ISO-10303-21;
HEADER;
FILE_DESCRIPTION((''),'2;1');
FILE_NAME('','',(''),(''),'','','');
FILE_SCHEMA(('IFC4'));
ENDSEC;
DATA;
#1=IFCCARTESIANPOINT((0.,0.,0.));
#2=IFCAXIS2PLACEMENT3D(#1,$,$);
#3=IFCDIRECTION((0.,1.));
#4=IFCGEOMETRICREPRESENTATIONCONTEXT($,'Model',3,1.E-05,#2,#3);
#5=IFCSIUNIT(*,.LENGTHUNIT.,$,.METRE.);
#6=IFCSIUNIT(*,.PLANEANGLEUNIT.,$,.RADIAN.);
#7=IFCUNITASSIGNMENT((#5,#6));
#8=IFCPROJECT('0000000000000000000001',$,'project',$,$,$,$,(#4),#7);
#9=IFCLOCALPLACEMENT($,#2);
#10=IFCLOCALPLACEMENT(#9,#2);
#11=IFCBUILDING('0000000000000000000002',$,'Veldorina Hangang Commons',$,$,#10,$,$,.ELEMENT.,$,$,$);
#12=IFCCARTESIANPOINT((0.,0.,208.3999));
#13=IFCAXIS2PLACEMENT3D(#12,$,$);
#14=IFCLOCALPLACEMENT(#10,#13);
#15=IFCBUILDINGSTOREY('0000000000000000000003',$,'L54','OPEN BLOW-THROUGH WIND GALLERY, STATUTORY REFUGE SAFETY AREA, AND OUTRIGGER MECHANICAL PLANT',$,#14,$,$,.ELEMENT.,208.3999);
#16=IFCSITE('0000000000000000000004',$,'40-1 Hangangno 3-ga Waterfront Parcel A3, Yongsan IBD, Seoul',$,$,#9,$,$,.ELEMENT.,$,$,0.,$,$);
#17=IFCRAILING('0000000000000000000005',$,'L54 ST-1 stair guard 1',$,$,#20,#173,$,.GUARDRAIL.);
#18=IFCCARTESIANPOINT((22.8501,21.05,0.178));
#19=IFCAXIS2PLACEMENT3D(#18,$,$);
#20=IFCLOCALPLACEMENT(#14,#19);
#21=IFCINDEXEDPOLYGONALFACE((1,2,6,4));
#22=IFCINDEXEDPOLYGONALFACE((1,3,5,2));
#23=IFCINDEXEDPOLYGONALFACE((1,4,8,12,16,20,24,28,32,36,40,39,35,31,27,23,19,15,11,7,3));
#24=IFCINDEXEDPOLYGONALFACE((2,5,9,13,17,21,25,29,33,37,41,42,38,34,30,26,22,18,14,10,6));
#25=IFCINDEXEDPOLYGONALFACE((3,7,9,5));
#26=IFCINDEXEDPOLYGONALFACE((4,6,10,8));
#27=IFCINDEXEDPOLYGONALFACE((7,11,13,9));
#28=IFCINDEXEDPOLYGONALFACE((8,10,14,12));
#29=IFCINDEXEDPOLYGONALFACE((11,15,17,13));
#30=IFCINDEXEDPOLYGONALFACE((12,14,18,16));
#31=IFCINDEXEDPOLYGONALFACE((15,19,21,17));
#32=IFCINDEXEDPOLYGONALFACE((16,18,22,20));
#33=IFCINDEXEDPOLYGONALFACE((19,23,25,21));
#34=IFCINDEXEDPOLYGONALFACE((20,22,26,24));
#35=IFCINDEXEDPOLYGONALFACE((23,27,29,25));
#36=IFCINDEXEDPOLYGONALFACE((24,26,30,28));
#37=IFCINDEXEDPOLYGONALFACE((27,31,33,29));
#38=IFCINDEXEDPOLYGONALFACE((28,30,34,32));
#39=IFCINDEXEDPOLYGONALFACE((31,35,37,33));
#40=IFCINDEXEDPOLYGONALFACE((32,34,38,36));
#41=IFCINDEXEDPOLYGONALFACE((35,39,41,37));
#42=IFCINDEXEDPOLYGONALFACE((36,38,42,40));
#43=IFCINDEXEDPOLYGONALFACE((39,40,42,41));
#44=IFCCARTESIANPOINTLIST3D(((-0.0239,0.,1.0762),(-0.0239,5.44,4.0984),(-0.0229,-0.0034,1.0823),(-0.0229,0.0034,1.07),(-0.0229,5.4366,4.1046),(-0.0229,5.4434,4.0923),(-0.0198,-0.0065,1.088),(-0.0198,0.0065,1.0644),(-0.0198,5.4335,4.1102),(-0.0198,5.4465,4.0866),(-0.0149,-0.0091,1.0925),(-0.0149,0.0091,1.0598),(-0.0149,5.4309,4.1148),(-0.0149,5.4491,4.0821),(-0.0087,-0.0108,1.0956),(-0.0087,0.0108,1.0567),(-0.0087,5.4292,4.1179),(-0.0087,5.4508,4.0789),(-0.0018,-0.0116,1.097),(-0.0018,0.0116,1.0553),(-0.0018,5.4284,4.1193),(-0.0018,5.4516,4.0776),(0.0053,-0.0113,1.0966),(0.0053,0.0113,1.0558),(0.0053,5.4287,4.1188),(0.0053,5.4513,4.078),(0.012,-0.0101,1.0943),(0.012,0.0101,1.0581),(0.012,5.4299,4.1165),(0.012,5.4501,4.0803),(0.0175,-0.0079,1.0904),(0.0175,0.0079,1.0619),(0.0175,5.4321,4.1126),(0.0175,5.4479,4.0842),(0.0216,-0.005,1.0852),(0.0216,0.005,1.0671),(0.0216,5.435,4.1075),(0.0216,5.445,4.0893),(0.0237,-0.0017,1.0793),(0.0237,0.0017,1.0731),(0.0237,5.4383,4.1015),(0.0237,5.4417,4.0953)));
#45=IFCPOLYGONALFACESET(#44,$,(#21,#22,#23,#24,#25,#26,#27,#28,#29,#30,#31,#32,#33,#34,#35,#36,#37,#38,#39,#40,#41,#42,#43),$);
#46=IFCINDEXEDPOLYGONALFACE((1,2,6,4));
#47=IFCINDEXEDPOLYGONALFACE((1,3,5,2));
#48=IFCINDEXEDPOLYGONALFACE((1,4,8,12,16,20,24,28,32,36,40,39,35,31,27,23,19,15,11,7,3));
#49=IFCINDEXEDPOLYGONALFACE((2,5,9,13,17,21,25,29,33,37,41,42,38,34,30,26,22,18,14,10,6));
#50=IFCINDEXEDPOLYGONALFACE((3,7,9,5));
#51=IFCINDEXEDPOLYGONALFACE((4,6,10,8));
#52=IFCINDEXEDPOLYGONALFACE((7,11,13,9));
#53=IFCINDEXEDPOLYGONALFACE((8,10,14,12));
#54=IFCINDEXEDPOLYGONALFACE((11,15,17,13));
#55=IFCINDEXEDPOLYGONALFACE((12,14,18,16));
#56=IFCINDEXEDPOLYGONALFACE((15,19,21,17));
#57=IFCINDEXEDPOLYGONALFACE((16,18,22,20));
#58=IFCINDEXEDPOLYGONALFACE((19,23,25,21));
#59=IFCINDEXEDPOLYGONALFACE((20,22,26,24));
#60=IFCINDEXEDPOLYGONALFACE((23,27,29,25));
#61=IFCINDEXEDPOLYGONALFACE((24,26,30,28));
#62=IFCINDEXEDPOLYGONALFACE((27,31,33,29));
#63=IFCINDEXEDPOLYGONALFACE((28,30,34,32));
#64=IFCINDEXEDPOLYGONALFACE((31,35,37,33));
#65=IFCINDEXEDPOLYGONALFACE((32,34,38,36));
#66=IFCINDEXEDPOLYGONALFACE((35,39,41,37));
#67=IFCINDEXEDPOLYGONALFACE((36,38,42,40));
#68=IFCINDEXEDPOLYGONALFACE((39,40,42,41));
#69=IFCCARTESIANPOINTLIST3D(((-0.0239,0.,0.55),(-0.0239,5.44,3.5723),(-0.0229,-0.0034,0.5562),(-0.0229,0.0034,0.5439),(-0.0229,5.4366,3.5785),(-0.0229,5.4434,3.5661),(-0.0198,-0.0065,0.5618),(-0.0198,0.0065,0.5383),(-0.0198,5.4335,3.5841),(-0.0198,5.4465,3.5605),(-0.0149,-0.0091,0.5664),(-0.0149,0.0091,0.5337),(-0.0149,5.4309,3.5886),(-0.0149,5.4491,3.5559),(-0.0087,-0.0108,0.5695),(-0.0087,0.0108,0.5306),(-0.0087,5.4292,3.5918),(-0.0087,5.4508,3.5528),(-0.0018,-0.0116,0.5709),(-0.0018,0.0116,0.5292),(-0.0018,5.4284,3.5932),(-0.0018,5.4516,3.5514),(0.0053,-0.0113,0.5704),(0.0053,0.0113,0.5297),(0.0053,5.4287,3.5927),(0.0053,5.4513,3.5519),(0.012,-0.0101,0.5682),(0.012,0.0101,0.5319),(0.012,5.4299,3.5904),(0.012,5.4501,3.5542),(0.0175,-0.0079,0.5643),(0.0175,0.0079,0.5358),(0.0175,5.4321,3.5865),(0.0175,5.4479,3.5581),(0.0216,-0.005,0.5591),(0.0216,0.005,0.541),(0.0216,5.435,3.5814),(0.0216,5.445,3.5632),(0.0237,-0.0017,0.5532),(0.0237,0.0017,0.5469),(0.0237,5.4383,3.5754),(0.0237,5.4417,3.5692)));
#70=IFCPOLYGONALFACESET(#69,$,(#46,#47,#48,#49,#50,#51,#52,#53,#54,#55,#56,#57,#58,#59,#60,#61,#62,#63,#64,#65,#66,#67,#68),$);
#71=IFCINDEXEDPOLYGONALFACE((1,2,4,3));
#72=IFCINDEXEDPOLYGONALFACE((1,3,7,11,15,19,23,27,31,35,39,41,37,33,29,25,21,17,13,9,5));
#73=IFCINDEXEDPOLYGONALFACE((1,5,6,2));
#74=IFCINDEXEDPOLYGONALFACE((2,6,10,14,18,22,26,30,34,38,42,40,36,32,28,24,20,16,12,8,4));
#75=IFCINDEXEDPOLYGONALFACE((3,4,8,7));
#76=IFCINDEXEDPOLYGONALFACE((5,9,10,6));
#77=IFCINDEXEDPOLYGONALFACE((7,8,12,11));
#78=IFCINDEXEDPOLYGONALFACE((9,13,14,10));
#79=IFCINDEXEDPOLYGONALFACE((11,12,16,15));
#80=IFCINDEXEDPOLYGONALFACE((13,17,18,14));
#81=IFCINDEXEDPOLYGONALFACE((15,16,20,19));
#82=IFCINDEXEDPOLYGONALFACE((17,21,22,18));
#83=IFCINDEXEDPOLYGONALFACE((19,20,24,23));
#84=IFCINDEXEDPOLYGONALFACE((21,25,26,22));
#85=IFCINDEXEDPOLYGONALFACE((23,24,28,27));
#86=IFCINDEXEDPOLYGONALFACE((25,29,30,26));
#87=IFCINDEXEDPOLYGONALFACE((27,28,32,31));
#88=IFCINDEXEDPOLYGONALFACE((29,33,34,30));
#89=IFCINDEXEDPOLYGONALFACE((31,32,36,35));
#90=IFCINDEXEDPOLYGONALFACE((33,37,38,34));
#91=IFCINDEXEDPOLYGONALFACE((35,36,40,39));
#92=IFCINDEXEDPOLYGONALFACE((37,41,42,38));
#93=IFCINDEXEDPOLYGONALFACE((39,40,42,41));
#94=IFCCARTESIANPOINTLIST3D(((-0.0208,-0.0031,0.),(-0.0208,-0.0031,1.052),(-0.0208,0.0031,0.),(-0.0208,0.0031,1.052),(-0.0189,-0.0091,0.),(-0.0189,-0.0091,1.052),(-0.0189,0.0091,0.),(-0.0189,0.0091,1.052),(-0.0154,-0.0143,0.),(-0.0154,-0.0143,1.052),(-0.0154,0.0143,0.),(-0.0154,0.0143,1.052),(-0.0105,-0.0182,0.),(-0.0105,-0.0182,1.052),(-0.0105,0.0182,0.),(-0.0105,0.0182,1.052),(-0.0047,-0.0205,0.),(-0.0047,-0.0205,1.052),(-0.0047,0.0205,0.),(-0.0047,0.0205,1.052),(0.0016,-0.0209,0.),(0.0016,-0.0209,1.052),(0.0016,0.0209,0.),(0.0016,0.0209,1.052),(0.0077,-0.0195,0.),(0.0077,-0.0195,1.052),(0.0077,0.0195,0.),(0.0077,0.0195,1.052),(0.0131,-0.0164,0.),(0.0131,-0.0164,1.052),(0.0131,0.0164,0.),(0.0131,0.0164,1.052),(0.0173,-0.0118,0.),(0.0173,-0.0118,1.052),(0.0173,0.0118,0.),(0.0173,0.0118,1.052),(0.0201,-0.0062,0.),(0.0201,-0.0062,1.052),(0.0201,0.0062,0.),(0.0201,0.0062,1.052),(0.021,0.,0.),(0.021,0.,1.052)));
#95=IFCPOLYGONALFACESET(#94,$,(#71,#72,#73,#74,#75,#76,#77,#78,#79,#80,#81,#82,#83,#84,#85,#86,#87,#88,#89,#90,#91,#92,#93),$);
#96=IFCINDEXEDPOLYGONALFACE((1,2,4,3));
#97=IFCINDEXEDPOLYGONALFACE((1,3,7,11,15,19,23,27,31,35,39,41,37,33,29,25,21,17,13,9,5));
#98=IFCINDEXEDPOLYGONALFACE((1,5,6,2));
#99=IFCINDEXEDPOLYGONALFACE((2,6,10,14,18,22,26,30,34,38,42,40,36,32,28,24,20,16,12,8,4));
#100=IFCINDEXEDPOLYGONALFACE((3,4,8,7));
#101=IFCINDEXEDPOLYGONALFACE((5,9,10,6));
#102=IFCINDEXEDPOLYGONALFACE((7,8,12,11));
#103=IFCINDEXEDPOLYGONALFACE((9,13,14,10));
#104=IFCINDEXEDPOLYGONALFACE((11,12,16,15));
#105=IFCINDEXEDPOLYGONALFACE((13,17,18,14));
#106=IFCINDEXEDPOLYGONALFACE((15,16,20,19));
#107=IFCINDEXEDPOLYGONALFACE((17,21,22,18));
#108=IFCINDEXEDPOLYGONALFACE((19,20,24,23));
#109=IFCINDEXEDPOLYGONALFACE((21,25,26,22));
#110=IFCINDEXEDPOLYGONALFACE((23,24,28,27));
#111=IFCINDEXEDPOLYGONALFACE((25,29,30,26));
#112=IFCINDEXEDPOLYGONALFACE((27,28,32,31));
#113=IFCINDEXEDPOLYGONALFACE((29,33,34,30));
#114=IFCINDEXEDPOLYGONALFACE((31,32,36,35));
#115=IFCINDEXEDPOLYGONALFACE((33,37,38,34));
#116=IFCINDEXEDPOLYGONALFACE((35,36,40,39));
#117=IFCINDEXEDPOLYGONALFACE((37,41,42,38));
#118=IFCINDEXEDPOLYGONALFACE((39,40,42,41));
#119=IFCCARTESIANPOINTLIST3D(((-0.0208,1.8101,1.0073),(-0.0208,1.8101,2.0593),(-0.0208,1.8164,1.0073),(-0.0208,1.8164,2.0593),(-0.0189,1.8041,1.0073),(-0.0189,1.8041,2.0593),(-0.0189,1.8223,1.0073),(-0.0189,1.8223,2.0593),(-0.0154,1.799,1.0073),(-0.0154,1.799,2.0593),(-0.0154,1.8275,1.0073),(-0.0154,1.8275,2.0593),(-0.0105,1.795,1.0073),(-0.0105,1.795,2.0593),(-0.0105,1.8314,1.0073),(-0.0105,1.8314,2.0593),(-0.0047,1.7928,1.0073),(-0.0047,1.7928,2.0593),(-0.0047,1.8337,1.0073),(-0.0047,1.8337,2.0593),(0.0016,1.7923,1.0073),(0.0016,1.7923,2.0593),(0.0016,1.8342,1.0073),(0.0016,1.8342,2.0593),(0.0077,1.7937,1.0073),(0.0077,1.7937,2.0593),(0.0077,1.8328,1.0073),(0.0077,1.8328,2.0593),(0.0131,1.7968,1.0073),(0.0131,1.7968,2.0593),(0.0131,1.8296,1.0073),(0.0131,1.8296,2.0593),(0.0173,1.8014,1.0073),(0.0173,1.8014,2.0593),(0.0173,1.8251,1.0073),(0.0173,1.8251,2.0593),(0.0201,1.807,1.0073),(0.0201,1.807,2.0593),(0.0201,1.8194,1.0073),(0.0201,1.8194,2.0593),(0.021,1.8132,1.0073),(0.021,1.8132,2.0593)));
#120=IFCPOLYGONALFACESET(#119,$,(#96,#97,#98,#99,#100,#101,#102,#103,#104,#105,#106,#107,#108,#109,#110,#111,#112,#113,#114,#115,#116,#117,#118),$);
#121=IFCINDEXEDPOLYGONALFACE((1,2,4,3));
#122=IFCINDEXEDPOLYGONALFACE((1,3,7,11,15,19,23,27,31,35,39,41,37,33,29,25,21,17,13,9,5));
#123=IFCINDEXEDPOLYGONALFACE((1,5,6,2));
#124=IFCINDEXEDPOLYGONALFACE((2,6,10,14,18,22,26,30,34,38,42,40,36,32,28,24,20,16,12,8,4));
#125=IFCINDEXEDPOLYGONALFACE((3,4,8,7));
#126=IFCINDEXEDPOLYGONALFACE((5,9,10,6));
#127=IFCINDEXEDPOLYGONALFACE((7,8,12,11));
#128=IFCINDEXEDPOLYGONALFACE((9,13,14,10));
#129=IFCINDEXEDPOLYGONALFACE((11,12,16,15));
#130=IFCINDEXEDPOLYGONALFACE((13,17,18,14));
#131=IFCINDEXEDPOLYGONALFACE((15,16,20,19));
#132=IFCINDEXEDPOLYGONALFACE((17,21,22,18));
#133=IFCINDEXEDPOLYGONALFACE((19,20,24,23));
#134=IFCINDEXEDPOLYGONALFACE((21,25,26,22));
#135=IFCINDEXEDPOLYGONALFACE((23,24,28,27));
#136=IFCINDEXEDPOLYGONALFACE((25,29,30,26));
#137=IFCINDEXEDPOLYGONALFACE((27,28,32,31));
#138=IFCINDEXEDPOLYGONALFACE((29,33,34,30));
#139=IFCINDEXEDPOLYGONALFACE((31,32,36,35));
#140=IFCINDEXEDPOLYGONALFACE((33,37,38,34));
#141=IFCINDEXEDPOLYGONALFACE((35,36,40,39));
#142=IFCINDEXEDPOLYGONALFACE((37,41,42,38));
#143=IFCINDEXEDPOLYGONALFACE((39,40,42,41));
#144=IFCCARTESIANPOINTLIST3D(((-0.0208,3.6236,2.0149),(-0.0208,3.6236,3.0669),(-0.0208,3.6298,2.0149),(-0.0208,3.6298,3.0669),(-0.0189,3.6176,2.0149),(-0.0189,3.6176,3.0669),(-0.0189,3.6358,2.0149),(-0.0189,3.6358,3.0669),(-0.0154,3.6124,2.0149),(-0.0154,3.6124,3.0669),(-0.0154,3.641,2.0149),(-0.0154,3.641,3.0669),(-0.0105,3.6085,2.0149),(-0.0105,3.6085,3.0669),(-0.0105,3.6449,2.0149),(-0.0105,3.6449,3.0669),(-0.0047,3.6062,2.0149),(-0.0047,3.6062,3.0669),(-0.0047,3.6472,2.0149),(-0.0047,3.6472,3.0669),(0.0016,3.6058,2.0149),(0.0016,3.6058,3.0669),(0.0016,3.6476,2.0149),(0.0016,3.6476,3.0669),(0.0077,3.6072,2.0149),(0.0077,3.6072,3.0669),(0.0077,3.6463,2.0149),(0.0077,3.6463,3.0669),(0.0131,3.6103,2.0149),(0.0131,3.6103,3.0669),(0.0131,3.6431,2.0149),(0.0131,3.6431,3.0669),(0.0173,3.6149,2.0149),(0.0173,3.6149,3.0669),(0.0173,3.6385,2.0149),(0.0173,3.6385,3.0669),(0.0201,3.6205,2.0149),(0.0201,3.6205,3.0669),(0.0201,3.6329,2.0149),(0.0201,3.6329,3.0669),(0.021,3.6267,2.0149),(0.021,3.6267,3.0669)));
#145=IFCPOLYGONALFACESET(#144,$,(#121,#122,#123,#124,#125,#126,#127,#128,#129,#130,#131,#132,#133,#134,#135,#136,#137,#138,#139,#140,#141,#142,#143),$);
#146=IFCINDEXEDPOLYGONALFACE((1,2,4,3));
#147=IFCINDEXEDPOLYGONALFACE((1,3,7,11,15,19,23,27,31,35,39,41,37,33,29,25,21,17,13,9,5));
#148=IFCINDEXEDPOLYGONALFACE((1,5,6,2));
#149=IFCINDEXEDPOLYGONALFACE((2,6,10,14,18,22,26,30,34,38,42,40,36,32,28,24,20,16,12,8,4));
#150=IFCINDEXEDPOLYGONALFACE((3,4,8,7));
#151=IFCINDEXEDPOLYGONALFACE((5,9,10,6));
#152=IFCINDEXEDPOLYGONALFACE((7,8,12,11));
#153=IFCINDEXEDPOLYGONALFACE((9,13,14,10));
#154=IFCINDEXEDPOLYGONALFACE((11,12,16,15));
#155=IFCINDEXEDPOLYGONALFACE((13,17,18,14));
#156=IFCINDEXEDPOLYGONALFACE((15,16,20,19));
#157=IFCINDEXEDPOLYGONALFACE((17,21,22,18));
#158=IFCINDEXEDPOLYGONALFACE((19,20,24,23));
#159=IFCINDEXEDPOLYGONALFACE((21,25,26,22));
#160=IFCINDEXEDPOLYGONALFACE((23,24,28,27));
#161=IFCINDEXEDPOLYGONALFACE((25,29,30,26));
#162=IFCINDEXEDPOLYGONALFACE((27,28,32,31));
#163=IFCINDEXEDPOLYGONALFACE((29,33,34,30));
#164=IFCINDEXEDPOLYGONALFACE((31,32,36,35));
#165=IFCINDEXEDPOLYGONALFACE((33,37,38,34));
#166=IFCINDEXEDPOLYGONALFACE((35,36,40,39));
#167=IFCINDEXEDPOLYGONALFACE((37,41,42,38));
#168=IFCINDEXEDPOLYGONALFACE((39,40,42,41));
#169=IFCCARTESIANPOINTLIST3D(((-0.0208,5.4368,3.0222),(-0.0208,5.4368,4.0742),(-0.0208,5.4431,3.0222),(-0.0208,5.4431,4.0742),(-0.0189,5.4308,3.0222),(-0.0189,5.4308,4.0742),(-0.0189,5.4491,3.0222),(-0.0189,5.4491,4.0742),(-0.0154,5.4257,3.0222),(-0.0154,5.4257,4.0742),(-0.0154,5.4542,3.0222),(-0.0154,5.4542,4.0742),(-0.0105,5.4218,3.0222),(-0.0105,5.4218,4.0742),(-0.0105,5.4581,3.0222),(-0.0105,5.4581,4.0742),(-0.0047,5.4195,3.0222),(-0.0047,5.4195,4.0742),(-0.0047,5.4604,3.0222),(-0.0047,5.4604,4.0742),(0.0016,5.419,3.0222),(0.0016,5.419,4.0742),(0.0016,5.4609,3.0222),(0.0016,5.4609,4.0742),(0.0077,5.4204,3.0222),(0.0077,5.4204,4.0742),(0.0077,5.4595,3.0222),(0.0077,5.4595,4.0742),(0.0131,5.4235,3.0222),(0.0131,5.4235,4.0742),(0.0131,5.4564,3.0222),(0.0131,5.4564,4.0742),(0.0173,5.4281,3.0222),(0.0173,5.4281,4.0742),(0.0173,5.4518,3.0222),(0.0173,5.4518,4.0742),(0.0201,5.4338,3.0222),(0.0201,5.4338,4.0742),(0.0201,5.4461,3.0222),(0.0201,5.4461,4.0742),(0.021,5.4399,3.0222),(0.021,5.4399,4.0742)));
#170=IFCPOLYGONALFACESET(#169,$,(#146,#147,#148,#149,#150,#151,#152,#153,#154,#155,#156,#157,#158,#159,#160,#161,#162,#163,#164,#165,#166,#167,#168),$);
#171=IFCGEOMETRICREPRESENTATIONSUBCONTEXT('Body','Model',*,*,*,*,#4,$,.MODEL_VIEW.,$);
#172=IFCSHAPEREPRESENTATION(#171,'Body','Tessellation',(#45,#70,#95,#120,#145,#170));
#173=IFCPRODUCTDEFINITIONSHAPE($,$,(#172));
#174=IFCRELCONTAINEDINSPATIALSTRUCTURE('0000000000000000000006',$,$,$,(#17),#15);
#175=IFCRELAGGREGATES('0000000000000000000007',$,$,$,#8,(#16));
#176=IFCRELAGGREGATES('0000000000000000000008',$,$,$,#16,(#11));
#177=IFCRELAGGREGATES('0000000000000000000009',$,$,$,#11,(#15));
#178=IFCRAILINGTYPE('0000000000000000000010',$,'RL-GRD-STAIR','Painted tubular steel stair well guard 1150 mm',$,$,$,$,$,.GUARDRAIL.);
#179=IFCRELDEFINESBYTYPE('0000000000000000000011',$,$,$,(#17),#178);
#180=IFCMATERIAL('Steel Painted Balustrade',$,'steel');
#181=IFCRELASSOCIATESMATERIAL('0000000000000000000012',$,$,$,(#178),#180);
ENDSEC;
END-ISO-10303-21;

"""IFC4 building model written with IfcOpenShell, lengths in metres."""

from ifc_helpers import new_model, si_unit, direction, frame, origin, origin_2d, place, context, subcontext, project, spatial, circle, extrude, material, type_object, element, save


model = new_model("IFC4")

# Units and contexts
model_context = context("Model", 3, precision=1e-05, world=origin(), true_north=direction((0.0, 1.0)))
body_context = subcontext(model_context, "Body", "Model", "MODEL_VIEW")
ifc_project = project(units=[si_unit("LENGTHUNIT", "METRE"), si_unit("PLANEANGLEUNIT", "RADIAN")], contexts=[model_context])

# Site, building, storey
site_placement = place(None, origin())
site = spatial("IfcSite", under=ifc_project, at=site_placement, Name="40-1 Hangangno 3-ga Waterfront Parcel A3, Yongsan IBD, Seoul", CompositionType="ELEMENT", RefElevation=0.0)
building_placement = place(site_placement, origin())
building = spatial("IfcBuilding", under=site, at=building_placement, Name="Veldorina Hangang Commons", CompositionType="ELEMENT")
storey_placement = place(building_placement, frame((0.0, 0.0, 208.3999)))
storey = spatial("IfcBuildingStorey", under=building, at=storey_placement, Name="L54", Description="OPEN BLOW-THROUGH WIND GALLERY, STATUTORY REFUGE SAFETY AREA, AND OUTRIGGER MECHANICAL PLANT", CompositionType="ELEMENT", Elevation=208.3999)

# Railing
ifc_material_1 = material(Name="Steel Painted Balustrade", Category="steel")
railing_type_1 = type_object("IfcRailingType", Name="RL-GRD-STAIR", Description="Painted tubular steel stair well guard 1150 mm", PredefinedType="GUARDRAIL", material=ifc_material_1)
railing_1_placement = place(storey_placement, frame((22.8501, 21.05, 0.178)))
element("IfcRailing", 1, at=railing_1_placement, inside=storey, type_object=railing_type_1, Name="L54 ST-1 stair guard 1", PredefinedType="GUARDRAIL", context=body_context, shape_type="SweptSolid", body=[
    extrude(circle(Radius=0.0239, at=origin_2d()), frame((0.0, 0.0, 1.0762), z_axis=(0.0, 0.874155, 0.485646), x_axis=(-1.0, 0.0, 0.0)), (0.0, 0.0, 1.0), 6.2231),
    extrude(circle(Radius=0.0239, at=origin_2d()), frame((0.0, 0.0, 0.55), z_axis=(0.0, 0.874155, 0.485646), x_axis=(-1.0, 0.0, 0.0)), (0.0, 0.0, 1.0), 6.2231),
    extrude(circle(Radius=0.021, at=origin_2d()), origin(), (0.0, 0.0, 1.0), 1.052),
    extrude(circle(Radius=0.021, at=origin_2d()), frame((0.0, 1.8132, 1.0073)), (0.0, 0.0, 1.0), 1.052),
    extrude(circle(Radius=0.021, at=origin_2d()), frame((0.0, 3.6267, 2.0149)), (0.0, 0.0, 1.0), 1.052),
    extrude(circle(Radius=0.021, at=origin_2d()), frame((0.0, 5.4399, 3.0222)), (0.0, 0.0, 1.0), 1.052),
])

save(model, "model.ifc")
